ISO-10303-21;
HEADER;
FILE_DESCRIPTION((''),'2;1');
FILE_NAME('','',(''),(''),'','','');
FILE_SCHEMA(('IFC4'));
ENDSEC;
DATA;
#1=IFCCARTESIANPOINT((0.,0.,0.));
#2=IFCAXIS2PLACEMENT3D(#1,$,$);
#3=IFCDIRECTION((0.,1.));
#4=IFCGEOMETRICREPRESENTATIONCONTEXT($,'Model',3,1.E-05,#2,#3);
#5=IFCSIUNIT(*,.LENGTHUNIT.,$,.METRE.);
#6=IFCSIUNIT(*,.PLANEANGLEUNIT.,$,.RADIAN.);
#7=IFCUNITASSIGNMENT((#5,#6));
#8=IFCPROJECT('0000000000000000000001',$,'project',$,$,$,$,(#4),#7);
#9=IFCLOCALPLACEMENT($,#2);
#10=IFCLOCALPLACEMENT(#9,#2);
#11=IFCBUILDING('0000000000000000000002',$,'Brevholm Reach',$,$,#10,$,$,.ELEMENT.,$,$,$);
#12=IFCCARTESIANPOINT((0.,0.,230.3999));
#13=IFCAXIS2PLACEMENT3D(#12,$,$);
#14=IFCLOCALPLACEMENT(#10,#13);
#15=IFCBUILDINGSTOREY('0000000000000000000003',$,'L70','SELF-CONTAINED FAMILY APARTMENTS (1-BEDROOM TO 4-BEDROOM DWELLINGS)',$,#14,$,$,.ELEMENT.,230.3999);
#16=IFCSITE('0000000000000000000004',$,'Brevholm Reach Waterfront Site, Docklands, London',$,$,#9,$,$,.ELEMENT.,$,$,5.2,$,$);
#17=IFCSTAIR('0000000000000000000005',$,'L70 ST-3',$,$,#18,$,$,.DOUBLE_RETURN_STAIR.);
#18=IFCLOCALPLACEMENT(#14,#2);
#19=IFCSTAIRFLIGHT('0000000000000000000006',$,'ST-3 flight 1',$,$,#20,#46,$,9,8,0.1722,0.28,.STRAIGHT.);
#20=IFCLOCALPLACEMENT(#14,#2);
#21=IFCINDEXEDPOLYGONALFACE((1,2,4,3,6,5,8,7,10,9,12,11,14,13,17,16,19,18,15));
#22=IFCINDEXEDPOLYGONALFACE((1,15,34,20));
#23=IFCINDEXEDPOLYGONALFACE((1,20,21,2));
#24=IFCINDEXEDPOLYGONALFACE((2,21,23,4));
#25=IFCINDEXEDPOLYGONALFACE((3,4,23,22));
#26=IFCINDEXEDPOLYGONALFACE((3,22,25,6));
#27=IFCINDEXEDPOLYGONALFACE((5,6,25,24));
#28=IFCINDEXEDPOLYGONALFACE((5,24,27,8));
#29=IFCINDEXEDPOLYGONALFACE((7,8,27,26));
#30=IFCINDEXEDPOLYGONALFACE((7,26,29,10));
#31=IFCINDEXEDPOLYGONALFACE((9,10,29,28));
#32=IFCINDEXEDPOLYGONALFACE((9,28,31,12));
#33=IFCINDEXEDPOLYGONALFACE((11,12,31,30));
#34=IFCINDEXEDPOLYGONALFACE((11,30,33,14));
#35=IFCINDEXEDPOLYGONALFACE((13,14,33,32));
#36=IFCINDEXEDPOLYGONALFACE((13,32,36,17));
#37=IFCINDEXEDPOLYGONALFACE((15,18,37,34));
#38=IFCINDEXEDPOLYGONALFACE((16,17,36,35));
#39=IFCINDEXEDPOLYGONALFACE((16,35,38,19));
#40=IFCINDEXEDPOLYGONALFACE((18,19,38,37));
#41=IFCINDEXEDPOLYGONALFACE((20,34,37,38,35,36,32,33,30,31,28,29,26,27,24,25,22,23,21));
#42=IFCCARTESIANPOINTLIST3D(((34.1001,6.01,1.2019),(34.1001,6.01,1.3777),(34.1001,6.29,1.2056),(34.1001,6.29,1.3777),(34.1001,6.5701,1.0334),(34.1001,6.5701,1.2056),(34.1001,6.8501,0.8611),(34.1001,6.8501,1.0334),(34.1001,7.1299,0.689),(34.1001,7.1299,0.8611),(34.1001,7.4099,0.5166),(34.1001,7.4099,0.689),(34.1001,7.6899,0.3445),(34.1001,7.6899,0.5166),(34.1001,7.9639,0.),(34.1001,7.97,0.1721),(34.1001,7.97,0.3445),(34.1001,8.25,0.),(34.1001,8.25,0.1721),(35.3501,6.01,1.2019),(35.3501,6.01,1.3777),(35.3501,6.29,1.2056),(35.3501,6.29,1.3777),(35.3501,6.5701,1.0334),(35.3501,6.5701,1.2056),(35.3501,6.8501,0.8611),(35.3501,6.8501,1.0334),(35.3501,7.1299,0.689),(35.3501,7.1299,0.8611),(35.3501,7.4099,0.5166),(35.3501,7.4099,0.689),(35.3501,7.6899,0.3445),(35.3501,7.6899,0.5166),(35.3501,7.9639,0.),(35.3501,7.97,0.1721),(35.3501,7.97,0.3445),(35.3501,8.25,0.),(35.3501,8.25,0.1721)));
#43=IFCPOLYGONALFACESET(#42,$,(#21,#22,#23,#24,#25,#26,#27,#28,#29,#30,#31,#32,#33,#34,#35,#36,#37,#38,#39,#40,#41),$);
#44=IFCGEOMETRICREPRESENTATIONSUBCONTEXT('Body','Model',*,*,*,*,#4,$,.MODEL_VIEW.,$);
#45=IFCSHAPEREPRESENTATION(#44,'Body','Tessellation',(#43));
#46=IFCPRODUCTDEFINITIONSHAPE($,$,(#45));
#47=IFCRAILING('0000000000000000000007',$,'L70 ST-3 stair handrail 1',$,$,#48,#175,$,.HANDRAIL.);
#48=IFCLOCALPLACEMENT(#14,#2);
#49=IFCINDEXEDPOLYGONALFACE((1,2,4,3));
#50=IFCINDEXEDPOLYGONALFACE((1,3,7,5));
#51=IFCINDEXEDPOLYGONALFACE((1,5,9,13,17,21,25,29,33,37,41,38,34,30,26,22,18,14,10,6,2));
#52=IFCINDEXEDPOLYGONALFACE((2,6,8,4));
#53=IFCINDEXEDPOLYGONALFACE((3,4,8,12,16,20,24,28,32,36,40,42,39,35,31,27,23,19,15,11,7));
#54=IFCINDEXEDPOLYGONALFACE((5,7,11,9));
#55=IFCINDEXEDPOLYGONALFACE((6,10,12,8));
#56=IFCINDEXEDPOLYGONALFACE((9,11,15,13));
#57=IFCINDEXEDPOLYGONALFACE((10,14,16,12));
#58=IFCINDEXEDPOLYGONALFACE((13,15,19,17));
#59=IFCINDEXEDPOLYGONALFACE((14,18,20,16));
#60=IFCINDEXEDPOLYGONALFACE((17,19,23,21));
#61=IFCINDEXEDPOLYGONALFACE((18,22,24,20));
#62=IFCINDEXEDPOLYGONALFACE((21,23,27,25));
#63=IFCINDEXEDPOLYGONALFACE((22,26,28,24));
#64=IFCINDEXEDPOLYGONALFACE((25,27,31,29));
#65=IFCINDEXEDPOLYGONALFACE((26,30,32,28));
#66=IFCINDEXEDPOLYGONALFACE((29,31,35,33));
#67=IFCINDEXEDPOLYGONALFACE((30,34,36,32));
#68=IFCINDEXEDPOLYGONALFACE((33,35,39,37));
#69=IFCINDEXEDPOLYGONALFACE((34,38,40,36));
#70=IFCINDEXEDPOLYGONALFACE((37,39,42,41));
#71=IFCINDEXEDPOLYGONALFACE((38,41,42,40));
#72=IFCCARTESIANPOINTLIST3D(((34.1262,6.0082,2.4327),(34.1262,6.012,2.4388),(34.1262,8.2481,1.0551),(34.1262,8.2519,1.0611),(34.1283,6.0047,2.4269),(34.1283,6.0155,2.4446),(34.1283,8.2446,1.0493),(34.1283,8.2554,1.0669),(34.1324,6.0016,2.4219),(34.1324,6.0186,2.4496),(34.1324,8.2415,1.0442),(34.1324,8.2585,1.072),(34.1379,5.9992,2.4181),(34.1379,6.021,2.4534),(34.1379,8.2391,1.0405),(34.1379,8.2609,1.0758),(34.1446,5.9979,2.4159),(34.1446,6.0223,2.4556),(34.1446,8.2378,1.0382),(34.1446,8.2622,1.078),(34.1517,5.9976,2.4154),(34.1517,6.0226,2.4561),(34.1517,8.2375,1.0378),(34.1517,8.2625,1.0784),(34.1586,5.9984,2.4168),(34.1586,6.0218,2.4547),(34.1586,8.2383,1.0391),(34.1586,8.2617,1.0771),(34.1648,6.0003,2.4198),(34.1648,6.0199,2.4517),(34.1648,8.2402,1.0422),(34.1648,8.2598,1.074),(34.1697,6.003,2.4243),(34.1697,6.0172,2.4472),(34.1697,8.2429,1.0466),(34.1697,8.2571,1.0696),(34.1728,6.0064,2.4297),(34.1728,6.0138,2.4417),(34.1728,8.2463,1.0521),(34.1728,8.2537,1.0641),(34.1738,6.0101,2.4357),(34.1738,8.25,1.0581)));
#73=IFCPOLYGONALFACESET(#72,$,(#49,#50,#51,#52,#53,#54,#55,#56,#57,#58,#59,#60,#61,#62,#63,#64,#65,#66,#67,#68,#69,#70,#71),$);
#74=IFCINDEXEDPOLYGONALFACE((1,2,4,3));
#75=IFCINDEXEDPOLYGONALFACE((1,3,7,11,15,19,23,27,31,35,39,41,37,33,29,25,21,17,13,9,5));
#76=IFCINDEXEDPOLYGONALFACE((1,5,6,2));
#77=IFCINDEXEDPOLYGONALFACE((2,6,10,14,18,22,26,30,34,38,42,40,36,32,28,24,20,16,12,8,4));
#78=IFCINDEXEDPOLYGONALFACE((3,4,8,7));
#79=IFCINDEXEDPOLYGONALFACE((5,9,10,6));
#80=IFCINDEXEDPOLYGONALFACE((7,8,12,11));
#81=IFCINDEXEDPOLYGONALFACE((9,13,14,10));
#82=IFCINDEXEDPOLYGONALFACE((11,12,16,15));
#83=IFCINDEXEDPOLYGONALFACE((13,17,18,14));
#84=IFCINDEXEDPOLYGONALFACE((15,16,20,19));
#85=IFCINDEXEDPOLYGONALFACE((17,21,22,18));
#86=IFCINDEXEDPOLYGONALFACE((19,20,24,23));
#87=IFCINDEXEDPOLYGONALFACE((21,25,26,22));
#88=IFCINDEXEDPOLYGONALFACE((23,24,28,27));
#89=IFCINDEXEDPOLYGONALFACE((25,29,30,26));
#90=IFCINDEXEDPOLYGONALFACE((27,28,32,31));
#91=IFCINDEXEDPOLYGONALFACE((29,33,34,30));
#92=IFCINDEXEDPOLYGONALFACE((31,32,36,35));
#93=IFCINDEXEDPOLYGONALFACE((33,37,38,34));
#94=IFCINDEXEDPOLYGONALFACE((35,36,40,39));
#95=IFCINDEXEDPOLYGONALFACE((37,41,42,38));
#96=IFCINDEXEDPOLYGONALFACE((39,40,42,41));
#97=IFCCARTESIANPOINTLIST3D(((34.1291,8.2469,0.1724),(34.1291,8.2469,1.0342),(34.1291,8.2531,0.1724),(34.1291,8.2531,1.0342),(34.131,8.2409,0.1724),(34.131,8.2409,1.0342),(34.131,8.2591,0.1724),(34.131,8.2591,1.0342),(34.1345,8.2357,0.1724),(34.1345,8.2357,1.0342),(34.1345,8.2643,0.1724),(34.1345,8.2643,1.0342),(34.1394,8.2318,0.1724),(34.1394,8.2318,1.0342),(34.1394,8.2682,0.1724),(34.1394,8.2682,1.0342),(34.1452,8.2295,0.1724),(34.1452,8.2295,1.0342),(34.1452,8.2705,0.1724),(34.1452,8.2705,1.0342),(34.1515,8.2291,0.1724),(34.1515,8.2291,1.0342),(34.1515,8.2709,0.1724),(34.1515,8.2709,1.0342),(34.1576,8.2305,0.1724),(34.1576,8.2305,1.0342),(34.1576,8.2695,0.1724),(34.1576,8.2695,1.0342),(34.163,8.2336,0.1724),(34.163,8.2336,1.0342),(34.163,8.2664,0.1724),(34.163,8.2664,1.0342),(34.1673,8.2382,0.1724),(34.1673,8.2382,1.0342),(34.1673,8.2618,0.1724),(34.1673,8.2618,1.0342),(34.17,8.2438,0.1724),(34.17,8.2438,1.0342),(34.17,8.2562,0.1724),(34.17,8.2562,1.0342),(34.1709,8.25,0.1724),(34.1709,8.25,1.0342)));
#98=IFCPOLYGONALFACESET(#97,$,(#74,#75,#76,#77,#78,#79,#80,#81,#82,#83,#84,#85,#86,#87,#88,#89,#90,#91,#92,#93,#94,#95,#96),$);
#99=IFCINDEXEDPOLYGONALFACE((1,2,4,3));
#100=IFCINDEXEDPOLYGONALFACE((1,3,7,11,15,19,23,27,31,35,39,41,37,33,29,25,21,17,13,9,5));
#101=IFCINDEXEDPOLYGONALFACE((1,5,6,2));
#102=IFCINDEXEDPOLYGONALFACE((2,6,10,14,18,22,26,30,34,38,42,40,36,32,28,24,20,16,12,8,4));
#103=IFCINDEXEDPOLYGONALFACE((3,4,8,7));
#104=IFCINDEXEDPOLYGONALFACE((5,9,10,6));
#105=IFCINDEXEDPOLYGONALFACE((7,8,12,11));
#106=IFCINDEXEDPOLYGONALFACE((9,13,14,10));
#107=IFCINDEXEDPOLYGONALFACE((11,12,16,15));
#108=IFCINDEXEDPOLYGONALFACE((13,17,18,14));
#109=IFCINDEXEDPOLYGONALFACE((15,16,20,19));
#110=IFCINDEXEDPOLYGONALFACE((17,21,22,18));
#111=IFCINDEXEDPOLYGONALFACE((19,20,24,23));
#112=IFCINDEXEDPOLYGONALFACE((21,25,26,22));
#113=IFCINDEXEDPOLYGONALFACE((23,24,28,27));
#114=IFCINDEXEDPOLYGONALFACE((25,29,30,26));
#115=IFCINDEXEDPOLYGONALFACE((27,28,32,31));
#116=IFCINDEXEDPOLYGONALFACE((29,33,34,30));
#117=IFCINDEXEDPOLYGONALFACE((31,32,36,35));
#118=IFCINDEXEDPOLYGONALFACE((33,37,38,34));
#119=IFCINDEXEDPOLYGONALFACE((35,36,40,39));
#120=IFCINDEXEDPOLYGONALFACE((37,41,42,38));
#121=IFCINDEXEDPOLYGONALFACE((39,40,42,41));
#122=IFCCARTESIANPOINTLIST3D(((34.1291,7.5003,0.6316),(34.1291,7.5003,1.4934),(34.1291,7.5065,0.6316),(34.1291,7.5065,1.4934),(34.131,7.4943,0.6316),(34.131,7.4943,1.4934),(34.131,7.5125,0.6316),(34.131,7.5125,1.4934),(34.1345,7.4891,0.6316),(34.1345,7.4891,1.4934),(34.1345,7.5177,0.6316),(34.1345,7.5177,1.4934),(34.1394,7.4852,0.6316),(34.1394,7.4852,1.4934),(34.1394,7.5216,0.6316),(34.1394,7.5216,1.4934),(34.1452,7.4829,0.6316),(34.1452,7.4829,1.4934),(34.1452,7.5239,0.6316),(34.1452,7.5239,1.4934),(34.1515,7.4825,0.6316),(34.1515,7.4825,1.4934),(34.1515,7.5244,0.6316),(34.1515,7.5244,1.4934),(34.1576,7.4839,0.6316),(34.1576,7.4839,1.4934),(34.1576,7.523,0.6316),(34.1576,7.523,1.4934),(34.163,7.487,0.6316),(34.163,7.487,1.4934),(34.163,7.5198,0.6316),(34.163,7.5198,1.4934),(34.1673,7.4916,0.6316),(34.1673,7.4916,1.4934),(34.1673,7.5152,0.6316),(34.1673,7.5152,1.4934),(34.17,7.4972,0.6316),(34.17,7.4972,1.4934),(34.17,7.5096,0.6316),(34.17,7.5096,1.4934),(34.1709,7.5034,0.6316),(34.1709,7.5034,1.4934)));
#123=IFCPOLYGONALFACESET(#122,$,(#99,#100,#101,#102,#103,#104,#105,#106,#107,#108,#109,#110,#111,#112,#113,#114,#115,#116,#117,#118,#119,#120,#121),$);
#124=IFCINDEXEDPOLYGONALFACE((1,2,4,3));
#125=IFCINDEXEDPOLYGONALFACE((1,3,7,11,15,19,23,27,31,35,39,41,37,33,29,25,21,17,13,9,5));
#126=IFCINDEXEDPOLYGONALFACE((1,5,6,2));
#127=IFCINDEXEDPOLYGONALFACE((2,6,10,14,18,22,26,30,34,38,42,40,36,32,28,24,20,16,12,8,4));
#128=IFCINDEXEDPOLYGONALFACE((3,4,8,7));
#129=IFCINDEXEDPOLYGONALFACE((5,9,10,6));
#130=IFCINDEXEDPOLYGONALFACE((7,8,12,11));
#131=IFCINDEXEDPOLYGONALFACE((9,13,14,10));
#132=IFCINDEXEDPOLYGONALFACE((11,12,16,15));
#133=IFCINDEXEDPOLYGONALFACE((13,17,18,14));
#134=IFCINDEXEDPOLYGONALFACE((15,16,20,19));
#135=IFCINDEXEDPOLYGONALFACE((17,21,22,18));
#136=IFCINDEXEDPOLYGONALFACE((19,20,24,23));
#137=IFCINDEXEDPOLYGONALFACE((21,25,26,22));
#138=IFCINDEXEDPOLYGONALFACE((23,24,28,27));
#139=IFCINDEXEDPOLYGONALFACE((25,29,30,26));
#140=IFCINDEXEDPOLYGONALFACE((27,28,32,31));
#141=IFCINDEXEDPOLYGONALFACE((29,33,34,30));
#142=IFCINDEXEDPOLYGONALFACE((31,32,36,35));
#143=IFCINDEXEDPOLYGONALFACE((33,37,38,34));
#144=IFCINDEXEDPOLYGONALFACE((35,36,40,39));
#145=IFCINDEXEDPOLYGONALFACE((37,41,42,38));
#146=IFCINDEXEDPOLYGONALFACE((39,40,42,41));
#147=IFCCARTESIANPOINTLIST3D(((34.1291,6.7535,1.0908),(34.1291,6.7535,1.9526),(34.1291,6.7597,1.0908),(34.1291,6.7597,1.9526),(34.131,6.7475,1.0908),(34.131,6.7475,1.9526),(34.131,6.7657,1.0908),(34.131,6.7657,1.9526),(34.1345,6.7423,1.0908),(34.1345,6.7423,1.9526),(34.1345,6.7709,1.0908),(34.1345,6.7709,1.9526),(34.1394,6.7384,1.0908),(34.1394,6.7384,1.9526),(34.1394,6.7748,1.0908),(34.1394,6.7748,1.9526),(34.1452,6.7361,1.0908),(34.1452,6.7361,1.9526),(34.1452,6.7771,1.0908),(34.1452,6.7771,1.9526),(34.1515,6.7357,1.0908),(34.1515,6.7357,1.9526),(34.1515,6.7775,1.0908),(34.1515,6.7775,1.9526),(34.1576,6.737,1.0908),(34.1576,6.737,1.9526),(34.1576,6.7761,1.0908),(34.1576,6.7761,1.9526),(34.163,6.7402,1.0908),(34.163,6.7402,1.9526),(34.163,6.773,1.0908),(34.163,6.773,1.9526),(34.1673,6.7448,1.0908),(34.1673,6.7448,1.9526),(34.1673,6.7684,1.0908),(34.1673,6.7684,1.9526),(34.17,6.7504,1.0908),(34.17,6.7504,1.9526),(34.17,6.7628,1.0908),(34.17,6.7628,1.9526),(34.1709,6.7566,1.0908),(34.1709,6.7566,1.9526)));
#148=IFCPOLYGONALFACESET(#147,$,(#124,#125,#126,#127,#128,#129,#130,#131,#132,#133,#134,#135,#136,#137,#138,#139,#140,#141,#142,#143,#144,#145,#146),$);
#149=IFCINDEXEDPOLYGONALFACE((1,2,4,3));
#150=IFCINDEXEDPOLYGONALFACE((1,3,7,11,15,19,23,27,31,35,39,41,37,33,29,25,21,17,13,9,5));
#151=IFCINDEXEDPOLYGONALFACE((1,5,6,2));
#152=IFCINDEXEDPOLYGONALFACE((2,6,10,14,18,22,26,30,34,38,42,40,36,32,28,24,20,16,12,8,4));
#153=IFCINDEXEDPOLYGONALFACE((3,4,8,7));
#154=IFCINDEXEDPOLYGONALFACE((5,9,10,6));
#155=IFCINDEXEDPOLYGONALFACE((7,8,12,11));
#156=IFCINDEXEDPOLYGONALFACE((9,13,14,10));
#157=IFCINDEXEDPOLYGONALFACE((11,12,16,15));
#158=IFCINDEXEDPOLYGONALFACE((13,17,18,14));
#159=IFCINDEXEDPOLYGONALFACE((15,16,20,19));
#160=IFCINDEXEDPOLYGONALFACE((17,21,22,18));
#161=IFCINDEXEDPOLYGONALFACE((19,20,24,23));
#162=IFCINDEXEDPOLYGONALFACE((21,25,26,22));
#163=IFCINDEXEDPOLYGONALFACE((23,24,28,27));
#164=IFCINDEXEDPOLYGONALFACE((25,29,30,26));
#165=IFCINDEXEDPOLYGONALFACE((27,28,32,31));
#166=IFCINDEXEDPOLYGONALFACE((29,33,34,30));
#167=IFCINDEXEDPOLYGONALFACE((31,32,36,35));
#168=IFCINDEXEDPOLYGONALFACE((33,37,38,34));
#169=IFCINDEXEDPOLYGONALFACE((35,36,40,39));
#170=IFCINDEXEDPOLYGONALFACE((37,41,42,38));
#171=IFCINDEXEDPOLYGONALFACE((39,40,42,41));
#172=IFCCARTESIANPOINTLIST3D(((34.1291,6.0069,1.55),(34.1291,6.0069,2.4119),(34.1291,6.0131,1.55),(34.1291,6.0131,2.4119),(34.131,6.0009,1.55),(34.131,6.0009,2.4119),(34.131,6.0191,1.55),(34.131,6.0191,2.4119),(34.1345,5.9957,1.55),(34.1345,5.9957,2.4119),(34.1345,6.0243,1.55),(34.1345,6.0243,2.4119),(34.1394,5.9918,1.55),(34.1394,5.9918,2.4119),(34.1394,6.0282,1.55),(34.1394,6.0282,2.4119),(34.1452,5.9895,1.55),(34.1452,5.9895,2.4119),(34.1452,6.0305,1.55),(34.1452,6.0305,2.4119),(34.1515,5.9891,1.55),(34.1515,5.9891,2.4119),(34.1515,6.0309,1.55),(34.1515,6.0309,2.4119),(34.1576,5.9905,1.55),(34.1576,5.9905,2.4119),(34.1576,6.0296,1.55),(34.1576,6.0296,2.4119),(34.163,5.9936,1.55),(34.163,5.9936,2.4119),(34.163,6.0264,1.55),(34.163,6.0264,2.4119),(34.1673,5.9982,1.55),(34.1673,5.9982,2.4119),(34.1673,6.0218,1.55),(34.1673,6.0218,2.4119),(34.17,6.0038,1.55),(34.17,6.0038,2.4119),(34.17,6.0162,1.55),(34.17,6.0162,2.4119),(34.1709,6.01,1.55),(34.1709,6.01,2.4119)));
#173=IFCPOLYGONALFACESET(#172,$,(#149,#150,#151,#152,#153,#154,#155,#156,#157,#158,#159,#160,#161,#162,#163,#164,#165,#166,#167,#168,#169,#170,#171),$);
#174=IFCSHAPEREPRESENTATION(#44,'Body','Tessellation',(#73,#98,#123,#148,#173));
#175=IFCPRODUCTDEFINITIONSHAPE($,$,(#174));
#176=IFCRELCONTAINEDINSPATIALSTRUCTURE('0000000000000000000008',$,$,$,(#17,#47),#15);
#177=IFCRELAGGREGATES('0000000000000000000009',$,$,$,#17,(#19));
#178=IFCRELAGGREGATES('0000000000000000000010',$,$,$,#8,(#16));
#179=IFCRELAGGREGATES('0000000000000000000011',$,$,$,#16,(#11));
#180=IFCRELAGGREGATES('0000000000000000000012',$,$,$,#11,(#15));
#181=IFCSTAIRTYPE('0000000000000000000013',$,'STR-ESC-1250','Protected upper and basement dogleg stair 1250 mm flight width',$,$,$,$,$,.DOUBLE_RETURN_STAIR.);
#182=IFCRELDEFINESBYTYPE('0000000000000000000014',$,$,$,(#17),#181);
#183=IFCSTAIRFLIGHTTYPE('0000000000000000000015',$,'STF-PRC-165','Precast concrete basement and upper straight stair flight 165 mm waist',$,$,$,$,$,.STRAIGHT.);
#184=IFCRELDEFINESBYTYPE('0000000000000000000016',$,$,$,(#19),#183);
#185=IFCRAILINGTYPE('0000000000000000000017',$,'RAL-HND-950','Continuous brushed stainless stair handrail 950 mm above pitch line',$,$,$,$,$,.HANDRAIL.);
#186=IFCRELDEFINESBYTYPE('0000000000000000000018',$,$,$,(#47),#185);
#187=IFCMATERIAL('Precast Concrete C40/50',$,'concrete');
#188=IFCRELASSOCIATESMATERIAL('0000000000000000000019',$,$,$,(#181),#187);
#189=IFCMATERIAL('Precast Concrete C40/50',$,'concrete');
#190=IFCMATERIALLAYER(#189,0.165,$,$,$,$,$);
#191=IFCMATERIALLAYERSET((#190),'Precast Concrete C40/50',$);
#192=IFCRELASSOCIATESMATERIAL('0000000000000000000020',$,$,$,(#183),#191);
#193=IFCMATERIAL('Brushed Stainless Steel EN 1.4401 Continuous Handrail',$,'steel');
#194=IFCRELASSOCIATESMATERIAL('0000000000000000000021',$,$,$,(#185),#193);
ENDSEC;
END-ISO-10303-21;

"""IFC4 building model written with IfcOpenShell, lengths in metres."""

from ifc_helpers import new_model, si_unit, direction, frame, origin, origin_2d, place, context, subcontext, project, spatial, polyline, circle, outline, extrude, material, layer, layer_set, type_object, element, aggregate, save


model = new_model("IFC4")

# Units and contexts
model_context = context("Model", 3, precision=1e-05, world=origin(), true_north=direction((0.0, 1.0)))
body_context = subcontext(model_context, "Body", "Model", "MODEL_VIEW")
ifc_project = project(units=[si_unit("LENGTHUNIT", "METRE"), si_unit("PLANEANGLEUNIT", "RADIAN")], contexts=[model_context])

# Site, building, storey
site_placement = place(None, origin())
site = spatial("IfcSite", under=ifc_project, at=site_placement, Name="Brevholm Reach Waterfront Site, Docklands, London", CompositionType="ELEMENT", RefElevation=5.2)
building_placement = place(site_placement, origin())
building = spatial("IfcBuilding", under=site, at=building_placement, Name="Brevholm Reach", CompositionType="ELEMENT")
storey_placement = place(building_placement, frame((0.0, 0.0, 230.3999)))
storey = spatial("IfcBuildingStorey", under=building, at=storey_placement, Name="L70", Description="SELF-CONTAINED FAMILY APARTMENTS (1-BEDROOM TO 4-BEDROOM DWELLINGS)", CompositionType="ELEMENT", Elevation=230.3999)

# Stair, stair flight
ifc_material_1 = material(Name="Precast Concrete C40/50", Category="concrete")
stair_type = type_object("IfcStairType", Name="STR-ESC-1250", Description="Protected upper and basement dogleg stair 1250 mm flight width", PredefinedType="DOUBLE_RETURN_STAIR", material=ifc_material_1)
stair_placement = place(storey_placement, origin())
stair = element("IfcStair", 1, at=stair_placement, inside=storey, type_object=stair_type, Name="L70 ST-3", PredefinedType="DOUBLE_RETURN_STAIR")
ifc_material_2 = material(Name="Precast Concrete C40/50", Category="concrete")
ifc_layer_1 = layer(ifc_material_2, 0.165)
ifc_layer_set_1 = layer_set([ifc_layer_1], Name="Precast Concrete C40/50")
stair_flight_type = type_object("IfcStairFlightType", Name="STF-PRC-165", Description="Precast concrete basement and upper straight stair flight 165 mm waist", PredefinedType="STRAIGHT", material=ifc_layer_set_1)
stair_flight_placement = place(storey_placement, frame((34.7251, 8.25, 0.0), z_axis=(0.0, 0.0, 1.0), x_axis=(0.0, -1.0, 0.0)))
stair_flight = element("IfcStairFlight", 2, at=stair_flight_placement, type_object=stair_flight_type, Name="ST-3 flight 1", NumberOfRisers=9, NumberOfTreads=8, PredefinedType="STRAIGHT", RiserHeight=0.1722, TreadLength=0.28, context=body_context, shape_type="SweptSolid", body=[
    extrude(outline(polyline([(0.0, 0.0), (0.0, 0.1721), (0.28, 0.1721), (0.28, 0.3445), (0.5601, 0.3445), (0.5601, 0.5166), (0.8401, 0.5166), (0.8401, 0.689), (1.1201, 0.689), (1.1201, 0.8611), (1.3999, 0.8611), (1.3999, 1.0334), (1.6799, 1.0334), (1.6799, 1.2056), (1.96, 1.2056), (1.96, 1.3777), (2.24, 1.3777), (2.24, 1.55), (2.24, 1.2019), (0.2861, 0.0), (0.0, 0.0)])), frame((0.0, 0.625, 0.0), z_axis=(0.0, -1.0, 0.0), x_axis=(1.0, 0.0, 0.0)), (0.0, 0.0, 1.0), 1.25),
])
aggregate(stair, [stair_flight])

# Railing
ifc_material_3 = material(Name="Brushed Stainless Steel EN 1.4401 Continuous Handrail", Category="steel")
railing_type_1 = type_object("IfcRailingType", Name="RAL-HND-950", Description="Continuous brushed stainless stair handrail 950 mm above pitch line", PredefinedType="HANDRAIL", material=ifc_material_3)
railing_1_placement = place(storey_placement, frame((34.1499, 8.25, 0.1724)))
element("IfcRailing", 3, at=railing_1_placement, inside=storey, type_object=railing_type_1, Name="L70 ST-3 stair handrail 1", PredefinedType="HANDRAIL", context=body_context, shape_type="SweptSolid", body=[
    extrude(circle(Radius=0.0239, at=origin_2d()), frame((0.0, 0.0, 0.8857), z_axis=(0.0, -0.851789, 0.523885), x_axis=(1.0, 0.0, 0.0)), (0.0, 0.0, 1.0), 2.6296),
    extrude(circle(Radius=0.021, at=origin_2d()), origin(), (0.0, 0.0, 1.0), 0.8618),
    extrude(circle(Radius=0.021, at=origin_2d()), frame((0.0, -0.7466, 0.4592)), (0.0, 0.0, 1.0), 0.8618),
    extrude(circle(Radius=0.021, at=origin_2d()), frame((0.0, -1.4934, 0.9185)), (0.0, 0.0, 1.0), 0.8618),
    extrude(circle(Radius=0.021, at=origin_2d()), frame((0.0, -2.24, 1.3777)), (0.0, 0.0, 1.0), 0.8618),
])

save(model, "model.ifc")
